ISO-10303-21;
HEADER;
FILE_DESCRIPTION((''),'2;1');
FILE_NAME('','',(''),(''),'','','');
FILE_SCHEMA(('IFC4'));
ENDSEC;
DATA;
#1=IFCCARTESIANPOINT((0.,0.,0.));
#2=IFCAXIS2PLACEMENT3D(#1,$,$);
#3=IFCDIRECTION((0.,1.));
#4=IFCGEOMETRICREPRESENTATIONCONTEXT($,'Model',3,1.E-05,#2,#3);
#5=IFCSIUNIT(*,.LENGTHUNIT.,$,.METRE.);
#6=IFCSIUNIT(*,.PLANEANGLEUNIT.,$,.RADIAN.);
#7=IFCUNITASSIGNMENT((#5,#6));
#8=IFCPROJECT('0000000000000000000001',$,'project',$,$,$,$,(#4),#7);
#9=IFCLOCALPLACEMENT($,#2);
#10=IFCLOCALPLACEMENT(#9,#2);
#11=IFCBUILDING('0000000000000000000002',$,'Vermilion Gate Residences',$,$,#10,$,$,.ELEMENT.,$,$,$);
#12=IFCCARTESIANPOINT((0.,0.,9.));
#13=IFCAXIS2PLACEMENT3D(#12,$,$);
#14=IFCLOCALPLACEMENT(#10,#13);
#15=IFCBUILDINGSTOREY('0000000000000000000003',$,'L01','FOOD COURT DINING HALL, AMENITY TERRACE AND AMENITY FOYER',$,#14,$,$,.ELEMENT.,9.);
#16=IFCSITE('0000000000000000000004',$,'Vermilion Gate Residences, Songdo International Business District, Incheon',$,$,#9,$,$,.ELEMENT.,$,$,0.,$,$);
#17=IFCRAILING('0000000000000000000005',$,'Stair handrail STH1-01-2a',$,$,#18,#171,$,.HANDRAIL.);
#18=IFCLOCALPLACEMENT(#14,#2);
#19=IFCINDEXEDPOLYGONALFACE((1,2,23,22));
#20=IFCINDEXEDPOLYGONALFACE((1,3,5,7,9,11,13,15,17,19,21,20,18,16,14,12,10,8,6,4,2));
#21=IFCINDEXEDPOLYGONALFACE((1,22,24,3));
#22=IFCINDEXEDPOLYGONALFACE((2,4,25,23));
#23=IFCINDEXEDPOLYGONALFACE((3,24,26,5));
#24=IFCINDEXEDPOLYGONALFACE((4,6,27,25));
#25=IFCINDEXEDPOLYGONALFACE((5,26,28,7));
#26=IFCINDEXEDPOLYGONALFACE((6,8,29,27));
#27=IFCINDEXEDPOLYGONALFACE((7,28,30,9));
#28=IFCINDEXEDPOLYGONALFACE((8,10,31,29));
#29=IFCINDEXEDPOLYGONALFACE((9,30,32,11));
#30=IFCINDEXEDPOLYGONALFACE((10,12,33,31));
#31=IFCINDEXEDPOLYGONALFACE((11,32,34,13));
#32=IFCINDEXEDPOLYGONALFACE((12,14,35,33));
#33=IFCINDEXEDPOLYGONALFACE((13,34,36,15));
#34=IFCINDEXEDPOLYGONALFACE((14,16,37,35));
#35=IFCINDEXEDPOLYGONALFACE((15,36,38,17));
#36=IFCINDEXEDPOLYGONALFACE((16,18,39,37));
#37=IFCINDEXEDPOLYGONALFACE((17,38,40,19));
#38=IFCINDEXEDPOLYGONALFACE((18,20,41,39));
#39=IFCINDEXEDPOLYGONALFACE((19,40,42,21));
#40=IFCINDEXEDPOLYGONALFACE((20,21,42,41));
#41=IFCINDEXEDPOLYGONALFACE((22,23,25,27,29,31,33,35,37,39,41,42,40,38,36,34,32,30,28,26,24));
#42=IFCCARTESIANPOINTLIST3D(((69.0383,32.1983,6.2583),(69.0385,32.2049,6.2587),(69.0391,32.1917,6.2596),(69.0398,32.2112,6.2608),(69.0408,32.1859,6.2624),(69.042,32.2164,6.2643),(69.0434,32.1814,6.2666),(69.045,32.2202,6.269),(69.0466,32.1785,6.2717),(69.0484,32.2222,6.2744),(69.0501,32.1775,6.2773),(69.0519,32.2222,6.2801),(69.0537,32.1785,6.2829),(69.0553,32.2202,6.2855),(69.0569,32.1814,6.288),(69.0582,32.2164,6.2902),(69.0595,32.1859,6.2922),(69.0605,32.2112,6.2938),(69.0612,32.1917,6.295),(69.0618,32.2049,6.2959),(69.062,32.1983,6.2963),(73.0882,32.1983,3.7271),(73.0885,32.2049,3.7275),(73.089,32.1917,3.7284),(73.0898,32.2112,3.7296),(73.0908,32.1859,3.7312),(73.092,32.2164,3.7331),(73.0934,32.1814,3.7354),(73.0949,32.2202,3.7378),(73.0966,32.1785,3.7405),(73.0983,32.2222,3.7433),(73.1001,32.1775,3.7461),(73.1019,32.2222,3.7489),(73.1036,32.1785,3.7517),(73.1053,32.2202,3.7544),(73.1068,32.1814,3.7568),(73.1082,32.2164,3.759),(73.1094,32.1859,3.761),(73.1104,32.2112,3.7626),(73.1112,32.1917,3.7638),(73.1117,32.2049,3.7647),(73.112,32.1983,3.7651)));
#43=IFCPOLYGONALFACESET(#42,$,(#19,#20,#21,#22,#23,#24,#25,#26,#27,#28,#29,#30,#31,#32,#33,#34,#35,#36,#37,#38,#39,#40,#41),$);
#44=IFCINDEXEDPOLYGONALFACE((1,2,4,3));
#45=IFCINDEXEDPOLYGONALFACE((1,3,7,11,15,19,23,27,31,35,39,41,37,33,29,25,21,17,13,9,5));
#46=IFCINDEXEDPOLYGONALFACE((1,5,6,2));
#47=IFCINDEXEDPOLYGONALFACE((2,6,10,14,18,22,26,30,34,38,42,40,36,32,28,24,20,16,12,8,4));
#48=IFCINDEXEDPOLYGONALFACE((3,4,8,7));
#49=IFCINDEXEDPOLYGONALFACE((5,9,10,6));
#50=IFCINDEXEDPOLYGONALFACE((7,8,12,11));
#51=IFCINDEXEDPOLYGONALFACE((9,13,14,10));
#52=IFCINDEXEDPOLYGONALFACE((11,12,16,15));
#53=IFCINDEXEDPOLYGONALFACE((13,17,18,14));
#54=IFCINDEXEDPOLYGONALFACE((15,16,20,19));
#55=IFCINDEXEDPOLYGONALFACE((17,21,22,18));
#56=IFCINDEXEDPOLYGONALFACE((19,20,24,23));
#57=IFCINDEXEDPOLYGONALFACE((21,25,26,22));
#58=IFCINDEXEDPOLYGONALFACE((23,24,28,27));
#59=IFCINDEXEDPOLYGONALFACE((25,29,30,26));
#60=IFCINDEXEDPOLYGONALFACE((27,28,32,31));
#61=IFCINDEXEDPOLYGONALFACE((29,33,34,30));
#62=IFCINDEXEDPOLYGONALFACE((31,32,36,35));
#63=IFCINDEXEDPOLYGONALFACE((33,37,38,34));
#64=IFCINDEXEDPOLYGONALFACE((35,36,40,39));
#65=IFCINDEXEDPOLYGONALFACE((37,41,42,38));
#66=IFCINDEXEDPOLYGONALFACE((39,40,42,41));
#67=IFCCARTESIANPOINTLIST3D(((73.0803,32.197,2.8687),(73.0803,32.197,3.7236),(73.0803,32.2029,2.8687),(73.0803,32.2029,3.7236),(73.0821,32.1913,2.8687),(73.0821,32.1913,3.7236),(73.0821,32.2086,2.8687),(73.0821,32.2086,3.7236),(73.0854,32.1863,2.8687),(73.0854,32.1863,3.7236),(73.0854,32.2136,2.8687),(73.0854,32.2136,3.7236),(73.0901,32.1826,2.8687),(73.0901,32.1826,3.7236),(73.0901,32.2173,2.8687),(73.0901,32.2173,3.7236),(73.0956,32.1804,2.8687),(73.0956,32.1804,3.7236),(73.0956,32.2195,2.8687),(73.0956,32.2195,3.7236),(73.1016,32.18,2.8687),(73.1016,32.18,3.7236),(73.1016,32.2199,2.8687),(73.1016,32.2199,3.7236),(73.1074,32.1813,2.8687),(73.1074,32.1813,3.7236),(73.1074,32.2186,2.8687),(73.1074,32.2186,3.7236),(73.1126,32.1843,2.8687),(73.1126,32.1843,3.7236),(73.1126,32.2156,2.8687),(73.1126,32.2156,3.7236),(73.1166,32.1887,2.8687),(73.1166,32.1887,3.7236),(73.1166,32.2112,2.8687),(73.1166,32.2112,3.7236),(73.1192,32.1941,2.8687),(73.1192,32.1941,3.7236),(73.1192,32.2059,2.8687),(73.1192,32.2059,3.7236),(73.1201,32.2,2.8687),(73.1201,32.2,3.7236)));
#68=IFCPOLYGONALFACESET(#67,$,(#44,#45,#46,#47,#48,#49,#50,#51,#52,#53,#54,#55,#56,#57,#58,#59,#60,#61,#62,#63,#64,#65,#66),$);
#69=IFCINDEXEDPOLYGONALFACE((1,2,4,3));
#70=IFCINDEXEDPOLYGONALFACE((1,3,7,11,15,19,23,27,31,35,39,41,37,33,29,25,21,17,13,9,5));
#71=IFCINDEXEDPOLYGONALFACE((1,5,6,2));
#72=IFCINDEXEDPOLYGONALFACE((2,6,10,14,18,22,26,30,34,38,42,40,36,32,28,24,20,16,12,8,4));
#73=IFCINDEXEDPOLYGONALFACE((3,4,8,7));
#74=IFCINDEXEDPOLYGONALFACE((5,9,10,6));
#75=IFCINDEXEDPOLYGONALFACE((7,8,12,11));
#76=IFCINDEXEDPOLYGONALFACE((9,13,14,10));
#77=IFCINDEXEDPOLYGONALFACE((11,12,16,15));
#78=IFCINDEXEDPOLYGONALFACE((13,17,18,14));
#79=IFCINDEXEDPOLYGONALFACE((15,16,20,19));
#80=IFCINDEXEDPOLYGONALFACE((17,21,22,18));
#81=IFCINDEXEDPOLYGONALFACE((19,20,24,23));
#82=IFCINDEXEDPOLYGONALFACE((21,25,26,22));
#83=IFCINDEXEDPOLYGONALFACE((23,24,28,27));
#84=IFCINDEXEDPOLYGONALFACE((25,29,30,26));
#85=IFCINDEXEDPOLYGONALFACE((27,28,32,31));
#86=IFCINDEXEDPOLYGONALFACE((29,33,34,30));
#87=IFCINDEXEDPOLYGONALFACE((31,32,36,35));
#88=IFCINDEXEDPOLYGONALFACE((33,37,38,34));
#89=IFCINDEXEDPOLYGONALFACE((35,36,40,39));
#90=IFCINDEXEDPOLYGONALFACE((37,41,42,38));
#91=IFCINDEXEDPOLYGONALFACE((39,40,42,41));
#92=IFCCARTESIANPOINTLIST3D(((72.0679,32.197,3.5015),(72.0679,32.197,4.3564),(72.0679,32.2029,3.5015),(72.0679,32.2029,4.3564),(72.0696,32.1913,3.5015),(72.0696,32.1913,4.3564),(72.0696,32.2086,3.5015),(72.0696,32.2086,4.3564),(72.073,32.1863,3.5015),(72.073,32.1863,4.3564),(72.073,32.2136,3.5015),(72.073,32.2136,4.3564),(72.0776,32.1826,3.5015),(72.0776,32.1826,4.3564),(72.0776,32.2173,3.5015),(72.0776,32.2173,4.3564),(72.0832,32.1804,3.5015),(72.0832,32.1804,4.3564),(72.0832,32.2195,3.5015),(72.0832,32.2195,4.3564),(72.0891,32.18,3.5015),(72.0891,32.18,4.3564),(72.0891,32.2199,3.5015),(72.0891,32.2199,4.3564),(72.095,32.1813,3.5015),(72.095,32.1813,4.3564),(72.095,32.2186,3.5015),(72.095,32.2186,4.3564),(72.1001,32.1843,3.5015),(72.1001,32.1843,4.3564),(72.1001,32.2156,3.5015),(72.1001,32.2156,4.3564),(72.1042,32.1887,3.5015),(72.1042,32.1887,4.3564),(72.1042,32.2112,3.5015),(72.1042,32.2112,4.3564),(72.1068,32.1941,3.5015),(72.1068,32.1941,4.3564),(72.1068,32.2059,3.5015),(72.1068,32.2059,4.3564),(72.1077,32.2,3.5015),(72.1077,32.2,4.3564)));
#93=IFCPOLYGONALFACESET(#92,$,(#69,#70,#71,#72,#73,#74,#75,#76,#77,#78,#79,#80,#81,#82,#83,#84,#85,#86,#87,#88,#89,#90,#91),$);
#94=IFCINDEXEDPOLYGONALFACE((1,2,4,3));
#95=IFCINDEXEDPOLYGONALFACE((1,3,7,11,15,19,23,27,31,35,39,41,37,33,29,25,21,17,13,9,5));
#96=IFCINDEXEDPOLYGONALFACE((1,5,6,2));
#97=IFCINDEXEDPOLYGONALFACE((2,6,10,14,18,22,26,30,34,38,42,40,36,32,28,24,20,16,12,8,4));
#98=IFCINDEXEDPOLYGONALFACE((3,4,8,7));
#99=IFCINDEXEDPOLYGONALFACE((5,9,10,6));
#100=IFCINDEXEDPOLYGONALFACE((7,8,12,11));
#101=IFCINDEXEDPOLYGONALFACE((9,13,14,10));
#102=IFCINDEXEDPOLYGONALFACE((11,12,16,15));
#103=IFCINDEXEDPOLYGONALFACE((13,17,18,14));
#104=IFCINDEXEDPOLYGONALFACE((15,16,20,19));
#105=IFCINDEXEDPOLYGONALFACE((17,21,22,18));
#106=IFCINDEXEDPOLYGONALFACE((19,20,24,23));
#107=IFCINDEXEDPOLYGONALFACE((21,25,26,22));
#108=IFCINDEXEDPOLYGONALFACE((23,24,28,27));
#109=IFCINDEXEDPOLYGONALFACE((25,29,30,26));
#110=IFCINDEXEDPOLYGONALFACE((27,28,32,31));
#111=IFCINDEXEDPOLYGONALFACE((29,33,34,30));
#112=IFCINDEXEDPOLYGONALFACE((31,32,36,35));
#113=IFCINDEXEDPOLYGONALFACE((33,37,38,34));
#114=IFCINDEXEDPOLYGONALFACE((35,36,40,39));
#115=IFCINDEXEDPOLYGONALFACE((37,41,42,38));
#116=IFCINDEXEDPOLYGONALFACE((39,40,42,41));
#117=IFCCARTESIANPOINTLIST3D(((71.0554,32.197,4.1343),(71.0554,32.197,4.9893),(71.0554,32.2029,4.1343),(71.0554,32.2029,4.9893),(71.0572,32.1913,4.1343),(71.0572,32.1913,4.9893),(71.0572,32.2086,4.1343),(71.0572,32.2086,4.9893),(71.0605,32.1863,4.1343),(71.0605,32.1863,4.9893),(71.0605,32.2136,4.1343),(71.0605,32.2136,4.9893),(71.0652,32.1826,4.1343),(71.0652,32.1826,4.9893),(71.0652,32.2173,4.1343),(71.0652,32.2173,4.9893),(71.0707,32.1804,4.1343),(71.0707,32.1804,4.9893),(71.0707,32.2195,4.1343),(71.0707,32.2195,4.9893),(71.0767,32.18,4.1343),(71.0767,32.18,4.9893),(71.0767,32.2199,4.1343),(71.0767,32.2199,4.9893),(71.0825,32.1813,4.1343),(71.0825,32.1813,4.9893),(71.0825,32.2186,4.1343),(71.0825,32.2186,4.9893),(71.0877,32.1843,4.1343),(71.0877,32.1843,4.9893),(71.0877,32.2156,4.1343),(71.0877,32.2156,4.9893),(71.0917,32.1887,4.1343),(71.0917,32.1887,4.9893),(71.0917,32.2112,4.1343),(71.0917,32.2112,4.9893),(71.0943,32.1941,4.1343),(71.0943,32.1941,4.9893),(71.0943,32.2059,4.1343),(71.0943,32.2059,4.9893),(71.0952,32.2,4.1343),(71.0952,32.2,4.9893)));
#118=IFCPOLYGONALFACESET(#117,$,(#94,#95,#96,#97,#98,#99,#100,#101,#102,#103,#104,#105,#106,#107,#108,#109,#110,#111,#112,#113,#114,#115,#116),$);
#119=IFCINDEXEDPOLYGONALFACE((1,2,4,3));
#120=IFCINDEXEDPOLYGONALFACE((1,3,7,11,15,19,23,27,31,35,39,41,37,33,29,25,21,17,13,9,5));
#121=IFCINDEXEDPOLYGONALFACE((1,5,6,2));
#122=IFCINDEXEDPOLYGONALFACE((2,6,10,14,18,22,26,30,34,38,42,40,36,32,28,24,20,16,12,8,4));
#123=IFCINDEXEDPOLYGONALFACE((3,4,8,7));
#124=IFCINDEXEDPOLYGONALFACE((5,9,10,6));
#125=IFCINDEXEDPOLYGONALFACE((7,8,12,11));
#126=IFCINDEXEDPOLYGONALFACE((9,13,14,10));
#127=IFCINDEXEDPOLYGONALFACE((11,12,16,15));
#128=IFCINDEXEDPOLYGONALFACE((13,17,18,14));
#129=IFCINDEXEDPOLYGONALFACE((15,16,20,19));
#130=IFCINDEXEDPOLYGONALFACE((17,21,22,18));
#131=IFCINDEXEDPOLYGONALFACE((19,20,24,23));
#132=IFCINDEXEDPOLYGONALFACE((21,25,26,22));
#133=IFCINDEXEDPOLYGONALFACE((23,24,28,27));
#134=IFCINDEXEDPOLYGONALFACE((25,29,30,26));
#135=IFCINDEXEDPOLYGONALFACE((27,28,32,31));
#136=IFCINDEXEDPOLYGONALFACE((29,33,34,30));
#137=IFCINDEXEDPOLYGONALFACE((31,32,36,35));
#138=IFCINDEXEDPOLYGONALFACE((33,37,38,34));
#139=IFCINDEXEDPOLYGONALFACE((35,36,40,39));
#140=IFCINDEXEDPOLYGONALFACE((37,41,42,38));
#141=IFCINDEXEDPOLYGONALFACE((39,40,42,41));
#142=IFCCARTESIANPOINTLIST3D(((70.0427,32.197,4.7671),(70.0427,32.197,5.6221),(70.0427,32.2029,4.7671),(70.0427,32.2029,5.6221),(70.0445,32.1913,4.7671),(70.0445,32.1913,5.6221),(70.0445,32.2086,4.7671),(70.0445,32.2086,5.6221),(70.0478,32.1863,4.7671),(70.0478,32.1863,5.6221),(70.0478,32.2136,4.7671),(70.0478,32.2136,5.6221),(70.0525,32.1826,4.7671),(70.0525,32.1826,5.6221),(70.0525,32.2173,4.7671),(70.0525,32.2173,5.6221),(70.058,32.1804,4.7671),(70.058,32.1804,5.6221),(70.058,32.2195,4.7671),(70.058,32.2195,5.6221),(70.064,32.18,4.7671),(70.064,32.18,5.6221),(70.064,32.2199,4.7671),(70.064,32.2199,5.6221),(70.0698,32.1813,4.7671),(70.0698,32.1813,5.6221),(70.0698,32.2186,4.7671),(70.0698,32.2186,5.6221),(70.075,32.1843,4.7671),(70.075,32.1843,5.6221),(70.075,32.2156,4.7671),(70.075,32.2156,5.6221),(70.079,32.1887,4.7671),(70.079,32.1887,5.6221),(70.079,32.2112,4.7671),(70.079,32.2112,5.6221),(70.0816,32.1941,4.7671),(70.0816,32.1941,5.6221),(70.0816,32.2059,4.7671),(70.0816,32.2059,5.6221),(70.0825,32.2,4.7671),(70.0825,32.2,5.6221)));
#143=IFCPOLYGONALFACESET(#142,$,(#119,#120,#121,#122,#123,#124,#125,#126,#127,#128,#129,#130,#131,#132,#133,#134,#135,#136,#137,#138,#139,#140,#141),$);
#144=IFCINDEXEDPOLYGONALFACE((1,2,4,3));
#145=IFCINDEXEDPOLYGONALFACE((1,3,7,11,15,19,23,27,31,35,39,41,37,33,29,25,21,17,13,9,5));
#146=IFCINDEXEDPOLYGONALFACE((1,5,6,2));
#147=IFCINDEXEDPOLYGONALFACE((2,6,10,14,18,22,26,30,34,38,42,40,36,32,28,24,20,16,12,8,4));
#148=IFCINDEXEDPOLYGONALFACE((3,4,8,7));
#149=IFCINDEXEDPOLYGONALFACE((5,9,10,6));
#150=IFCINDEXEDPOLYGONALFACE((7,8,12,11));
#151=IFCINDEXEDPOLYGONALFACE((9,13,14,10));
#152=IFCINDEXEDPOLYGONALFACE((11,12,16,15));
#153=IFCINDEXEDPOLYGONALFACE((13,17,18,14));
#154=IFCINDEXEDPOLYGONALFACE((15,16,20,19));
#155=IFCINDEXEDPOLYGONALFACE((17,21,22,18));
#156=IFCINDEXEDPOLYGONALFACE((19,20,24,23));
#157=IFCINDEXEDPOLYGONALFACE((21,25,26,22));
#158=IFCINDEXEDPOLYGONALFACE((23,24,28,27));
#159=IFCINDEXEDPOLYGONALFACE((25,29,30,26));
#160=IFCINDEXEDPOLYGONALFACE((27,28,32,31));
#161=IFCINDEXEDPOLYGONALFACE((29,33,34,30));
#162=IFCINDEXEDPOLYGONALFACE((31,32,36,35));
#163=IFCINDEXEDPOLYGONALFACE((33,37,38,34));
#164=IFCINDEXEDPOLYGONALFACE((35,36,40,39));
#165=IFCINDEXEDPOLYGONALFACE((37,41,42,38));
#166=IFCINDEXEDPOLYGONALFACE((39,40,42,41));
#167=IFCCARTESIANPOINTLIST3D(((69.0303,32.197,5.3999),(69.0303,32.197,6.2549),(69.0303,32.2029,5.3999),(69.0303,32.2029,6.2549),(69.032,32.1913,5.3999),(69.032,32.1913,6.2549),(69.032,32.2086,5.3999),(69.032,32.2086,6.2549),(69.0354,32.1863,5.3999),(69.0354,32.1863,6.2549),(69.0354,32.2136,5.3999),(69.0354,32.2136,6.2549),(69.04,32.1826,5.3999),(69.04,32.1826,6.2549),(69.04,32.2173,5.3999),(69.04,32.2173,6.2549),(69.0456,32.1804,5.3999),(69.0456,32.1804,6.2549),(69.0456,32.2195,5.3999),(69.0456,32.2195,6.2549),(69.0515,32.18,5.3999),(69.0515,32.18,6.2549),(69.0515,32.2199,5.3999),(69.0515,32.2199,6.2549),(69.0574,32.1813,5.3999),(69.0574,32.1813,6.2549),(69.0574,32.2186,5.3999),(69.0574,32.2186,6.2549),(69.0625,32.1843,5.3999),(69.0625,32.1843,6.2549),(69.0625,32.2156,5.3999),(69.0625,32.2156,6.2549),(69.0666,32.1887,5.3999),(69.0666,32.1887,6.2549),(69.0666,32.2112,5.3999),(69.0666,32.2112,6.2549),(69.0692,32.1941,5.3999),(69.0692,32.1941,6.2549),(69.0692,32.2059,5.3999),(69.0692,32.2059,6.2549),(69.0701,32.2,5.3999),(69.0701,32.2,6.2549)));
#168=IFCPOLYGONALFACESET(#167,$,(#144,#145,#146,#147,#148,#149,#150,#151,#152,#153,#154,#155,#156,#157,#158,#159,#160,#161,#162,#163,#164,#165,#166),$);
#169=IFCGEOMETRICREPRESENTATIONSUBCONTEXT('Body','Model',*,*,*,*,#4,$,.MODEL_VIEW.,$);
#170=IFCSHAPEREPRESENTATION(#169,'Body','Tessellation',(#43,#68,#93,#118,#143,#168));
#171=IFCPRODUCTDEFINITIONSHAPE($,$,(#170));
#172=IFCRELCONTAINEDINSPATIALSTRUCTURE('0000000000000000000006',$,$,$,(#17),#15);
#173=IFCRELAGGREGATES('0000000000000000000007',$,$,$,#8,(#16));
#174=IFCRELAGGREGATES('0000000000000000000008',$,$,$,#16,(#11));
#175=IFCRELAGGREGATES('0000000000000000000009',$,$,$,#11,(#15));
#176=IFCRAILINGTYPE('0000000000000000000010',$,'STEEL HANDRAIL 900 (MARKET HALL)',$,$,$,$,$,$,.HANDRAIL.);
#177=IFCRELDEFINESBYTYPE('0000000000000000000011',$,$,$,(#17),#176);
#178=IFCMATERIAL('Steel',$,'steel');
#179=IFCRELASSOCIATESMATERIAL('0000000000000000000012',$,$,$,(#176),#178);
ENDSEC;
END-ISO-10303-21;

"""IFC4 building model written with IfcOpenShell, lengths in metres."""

from ifc_helpers import new_model, si_unit, direction, frame, origin, origin_2d, place, context, subcontext, project, spatial, circle, extrude, material, type_object, element, save


model = new_model("IFC4")

# Units and contexts
model_context = context("Model", 3, precision=1e-05, world=origin(), true_north=direction((0.0, 1.0)))
body_context = subcontext(model_context, "Body", "Model", "MODEL_VIEW")
ifc_project = project(units=[si_unit("LENGTHUNIT", "METRE"), si_unit("PLANEANGLEUNIT", "RADIAN")], contexts=[model_context])

# Site, building, storey
site_placement = place(None, origin())
site = spatial("IfcSite", under=ifc_project, at=site_placement, Name="Vermilion Gate Residences, Songdo International Business District, Incheon", CompositionType="ELEMENT", RefElevation=0.0)
building_placement = place(site_placement, origin())
building = spatial("IfcBuilding", under=site, at=building_placement, Name="Vermilion Gate Residences", CompositionType="ELEMENT")
storey_placement = place(building_placement, frame((0.0, 0.0, 9.0)))
storey = spatial("IfcBuildingStorey", under=building, at=storey_placement, Name="L01", Description="FOOD COURT DINING HALL, AMENITY TERRACE AND AMENITY FOYER", CompositionType="ELEMENT", Elevation=9.0)

# Railing
ifc_material_1 = material(Name="Steel", Category="steel")
railing_type = type_object("IfcRailingType", Name="STEEL HANDRAIL 900 (MARKET HALL)", PredefinedType="HANDRAIL", material=ifc_material_1)
for number, where, name in (
    (1, (73.1001, 32.2, 2.8687), "Stair handrail STH1-01-2a"),
):
    element("IfcRailing", number, at=place(storey_placement, frame(where)), inside=storey, type_object=railing_type, Name=name, PredefinedType="HANDRAIL", context=body_context, shape_type="SweptSolid", body=[
        extrude(circle(Radius=0.0225, at=origin_2d()), frame((0.0, 0.0, 0.8774), z_axis=(-0.848001, 0.0, 0.529994), x_axis=(0.0, -1.0, 0.0)), (0.0, 0.0, 1.0), 4.7759),
        extrude(circle(Radius=0.02, at=origin_2d()), origin(), (0.0, 0.0, 1.0), 0.855),
        extrude(circle(Radius=0.02, at=origin_2d()), frame((-1.0125, 0.0, 0.6328)), (0.0, 0.0, 1.0), 0.855),
        extrude(circle(Radius=0.02, at=origin_2d()), frame((-2.0249, 0.0, 1.2656)), (0.0, 0.0, 1.0), 0.855),
        extrude(circle(Radius=0.02, at=origin_2d()), frame((-3.0376, 0.0, 1.8984)), (0.0, 0.0, 1.0), 0.855),
        extrude(circle(Radius=0.02, at=origin_2d()), frame((-4.05, 0.0, 2.5312)), (0.0, 0.0, 1.0), 0.855),
    ])

save(model, "model.ifc")
